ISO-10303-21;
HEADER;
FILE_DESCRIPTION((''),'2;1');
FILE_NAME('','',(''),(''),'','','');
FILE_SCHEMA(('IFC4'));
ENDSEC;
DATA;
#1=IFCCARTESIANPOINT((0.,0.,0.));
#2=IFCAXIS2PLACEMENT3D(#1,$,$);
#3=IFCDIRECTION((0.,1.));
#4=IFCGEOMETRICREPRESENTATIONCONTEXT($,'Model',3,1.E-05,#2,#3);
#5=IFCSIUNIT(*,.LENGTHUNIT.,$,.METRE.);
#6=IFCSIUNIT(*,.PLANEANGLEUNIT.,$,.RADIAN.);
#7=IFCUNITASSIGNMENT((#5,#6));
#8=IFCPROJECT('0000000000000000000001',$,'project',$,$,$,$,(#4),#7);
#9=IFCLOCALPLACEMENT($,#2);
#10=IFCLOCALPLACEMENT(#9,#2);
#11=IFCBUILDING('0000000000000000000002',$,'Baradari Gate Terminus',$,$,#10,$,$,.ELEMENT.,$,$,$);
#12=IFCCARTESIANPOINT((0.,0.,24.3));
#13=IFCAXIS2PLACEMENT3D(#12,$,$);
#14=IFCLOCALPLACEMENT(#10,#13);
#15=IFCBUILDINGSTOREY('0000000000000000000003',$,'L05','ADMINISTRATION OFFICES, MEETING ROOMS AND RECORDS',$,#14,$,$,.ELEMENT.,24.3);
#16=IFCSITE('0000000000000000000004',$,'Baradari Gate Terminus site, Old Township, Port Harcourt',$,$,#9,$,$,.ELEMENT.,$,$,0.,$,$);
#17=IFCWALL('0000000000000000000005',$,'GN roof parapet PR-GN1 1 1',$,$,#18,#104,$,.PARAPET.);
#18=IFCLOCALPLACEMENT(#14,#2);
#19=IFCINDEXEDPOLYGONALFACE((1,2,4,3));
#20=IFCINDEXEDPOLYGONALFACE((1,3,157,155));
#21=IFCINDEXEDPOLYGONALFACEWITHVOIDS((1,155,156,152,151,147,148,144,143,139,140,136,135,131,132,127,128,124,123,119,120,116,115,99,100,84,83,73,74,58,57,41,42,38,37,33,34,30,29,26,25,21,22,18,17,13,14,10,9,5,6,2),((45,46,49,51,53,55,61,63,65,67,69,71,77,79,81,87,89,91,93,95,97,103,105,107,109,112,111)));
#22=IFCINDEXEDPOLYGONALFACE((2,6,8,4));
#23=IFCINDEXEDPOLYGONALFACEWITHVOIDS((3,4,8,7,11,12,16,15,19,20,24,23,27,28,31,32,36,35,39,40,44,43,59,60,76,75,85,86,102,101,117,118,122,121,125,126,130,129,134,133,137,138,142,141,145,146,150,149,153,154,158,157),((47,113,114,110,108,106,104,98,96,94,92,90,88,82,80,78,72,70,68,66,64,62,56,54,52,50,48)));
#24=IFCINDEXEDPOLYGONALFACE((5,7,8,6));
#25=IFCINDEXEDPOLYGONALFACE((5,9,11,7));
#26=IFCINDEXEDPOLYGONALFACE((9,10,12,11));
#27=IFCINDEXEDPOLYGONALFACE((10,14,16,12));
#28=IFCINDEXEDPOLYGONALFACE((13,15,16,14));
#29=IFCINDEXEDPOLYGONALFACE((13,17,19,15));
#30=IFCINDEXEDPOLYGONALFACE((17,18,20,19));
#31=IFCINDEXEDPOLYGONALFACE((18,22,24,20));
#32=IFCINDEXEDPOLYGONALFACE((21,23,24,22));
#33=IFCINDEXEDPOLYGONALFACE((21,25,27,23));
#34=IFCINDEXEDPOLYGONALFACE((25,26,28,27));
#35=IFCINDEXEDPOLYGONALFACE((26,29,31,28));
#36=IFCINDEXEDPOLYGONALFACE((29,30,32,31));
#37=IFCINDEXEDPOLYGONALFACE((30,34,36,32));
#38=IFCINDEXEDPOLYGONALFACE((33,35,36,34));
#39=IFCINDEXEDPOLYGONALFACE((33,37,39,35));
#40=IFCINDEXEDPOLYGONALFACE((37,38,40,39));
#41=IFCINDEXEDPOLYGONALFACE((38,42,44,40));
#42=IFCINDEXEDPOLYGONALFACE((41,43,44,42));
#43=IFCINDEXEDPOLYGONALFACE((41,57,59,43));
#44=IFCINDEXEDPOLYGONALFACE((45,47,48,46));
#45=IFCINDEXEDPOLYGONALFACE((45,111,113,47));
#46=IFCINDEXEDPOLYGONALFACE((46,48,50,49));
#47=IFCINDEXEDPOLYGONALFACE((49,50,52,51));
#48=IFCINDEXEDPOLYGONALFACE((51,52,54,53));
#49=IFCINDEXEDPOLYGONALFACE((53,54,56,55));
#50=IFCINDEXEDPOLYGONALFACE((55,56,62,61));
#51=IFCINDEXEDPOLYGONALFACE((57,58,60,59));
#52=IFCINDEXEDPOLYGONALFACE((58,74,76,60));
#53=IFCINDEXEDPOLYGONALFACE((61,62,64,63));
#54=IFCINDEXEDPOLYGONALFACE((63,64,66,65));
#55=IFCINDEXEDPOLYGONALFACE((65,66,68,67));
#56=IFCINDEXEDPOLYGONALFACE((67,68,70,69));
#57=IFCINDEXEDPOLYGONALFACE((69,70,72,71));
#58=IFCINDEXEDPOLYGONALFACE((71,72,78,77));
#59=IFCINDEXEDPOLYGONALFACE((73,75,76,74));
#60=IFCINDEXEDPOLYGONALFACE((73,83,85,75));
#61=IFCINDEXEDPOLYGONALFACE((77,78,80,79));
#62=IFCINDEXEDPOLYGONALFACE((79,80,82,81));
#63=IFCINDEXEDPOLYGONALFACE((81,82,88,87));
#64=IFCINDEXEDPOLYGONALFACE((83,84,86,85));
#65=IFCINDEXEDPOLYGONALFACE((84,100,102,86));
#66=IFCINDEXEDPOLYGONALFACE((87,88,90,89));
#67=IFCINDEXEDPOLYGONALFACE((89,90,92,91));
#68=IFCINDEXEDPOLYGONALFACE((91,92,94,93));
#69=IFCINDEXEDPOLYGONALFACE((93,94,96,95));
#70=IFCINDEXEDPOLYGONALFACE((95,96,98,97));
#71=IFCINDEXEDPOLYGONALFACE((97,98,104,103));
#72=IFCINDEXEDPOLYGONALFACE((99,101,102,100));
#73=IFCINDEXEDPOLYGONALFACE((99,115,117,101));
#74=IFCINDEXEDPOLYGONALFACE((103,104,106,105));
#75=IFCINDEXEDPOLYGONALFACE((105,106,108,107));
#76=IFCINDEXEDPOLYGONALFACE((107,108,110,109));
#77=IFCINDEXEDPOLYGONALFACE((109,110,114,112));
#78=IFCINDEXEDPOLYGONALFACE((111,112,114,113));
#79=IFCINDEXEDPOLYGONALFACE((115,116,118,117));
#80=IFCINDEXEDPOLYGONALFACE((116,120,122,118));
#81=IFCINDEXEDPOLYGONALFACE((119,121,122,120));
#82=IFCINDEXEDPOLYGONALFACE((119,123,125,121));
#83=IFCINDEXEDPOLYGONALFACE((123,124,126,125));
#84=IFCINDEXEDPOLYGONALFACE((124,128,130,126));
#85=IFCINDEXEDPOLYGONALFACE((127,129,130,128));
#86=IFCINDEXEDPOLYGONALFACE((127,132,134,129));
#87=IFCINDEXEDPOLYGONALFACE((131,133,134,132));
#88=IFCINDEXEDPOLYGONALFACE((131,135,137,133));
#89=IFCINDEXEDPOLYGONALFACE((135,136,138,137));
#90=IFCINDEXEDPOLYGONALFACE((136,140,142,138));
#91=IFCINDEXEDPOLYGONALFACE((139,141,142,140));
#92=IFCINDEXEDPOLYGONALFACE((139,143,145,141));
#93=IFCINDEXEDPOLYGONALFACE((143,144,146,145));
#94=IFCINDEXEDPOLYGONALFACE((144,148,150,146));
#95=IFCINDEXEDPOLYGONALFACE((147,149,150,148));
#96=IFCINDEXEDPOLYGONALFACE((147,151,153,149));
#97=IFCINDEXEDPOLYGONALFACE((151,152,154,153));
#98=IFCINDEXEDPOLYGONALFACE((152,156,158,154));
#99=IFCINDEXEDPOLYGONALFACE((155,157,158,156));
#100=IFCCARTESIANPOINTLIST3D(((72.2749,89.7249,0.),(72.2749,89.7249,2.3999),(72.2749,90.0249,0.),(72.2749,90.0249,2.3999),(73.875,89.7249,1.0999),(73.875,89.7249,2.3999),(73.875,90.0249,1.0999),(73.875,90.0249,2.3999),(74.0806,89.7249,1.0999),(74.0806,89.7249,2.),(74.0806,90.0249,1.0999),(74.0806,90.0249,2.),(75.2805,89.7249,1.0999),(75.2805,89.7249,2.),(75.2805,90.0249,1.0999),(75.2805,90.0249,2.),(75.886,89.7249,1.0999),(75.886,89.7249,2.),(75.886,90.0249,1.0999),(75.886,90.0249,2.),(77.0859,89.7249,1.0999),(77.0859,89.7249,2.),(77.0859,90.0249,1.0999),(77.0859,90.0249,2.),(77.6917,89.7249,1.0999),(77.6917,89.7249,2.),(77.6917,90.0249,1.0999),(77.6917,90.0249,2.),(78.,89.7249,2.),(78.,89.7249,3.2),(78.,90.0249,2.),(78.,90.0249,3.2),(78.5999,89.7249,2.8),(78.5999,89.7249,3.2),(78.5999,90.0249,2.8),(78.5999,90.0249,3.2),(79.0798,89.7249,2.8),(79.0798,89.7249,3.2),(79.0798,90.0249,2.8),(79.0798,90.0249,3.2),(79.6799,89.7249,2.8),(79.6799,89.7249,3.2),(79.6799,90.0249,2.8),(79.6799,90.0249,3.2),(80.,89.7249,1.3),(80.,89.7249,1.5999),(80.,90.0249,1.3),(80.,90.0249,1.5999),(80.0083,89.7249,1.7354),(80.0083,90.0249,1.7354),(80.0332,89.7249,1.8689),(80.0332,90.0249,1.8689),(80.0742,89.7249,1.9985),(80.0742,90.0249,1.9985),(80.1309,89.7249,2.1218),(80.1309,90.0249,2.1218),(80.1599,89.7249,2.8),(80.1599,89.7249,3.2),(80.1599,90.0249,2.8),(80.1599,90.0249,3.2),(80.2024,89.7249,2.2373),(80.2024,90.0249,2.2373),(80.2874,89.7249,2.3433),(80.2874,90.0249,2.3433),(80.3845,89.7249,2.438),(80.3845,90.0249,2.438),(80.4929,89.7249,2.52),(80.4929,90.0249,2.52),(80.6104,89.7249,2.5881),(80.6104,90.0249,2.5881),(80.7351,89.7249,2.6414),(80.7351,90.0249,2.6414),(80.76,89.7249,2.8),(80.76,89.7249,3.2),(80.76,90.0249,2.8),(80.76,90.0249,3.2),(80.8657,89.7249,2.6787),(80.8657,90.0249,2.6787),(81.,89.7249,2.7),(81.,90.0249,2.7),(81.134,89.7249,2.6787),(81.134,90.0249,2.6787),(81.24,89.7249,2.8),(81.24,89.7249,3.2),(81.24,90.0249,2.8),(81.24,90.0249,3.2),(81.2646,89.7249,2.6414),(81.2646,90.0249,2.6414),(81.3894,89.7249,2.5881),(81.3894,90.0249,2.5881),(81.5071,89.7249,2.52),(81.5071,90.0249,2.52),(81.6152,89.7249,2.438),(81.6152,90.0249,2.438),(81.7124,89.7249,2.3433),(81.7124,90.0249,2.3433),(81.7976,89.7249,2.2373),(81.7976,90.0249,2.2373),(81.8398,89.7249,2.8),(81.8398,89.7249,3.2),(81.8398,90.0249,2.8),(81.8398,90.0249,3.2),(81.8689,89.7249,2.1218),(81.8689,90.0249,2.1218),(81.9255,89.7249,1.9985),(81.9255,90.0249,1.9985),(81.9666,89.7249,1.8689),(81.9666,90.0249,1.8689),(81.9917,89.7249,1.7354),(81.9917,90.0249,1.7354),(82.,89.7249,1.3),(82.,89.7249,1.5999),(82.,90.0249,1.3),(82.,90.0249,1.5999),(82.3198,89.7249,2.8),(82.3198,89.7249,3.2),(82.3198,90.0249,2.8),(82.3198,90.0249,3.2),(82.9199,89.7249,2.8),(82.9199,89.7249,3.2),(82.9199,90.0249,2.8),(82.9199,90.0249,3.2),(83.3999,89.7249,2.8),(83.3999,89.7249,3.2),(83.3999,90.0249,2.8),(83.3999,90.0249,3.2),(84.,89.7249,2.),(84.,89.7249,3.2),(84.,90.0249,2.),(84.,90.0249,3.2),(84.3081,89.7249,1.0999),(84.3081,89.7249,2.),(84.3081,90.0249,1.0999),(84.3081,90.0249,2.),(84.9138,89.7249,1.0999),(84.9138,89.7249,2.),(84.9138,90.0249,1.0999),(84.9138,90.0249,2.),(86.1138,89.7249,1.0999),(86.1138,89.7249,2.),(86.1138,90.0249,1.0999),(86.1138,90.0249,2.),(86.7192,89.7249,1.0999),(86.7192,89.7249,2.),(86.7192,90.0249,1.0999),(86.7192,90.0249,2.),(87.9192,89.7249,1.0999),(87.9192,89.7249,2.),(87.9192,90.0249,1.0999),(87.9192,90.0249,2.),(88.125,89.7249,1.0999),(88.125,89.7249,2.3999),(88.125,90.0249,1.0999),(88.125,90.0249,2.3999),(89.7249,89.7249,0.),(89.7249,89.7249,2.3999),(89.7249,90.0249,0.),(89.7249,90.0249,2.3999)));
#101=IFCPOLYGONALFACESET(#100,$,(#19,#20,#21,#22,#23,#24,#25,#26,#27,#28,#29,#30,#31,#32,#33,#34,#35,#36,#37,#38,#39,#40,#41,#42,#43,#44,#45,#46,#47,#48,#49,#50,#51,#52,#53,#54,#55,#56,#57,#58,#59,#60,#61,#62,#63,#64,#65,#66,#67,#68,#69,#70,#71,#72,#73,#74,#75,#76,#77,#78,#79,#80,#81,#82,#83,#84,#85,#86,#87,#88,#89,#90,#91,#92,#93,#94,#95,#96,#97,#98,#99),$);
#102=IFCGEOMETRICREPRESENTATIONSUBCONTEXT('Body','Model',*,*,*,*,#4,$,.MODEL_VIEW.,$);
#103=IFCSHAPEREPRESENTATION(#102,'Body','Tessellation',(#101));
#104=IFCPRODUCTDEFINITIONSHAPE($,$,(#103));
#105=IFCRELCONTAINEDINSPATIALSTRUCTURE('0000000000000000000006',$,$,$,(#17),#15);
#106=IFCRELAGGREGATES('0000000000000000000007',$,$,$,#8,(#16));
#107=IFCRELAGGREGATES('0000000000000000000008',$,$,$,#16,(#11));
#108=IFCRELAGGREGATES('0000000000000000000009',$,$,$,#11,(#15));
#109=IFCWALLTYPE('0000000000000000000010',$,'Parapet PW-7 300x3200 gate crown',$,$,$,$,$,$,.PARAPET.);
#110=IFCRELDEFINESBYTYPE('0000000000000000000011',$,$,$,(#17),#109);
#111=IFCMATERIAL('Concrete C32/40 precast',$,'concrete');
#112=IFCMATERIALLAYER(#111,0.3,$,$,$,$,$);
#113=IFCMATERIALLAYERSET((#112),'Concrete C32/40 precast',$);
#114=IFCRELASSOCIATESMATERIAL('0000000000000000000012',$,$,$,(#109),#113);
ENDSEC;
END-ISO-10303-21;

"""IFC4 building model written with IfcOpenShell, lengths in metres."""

from ifc_helpers import new_model, si_unit, direction, frame, origin, place, context, subcontext, project, spatial, polyline, outline, extrude, material, layer, layer_set, type_object, element, save


model = new_model("IFC4")

# Units and contexts
model_context = context("Model", 3, precision=1e-05, world=origin(), true_north=direction((0.0, 1.0)))
body_context = subcontext(model_context, "Body", "Model", "MODEL_VIEW")
ifc_project = project(units=[si_unit("LENGTHUNIT", "METRE"), si_unit("PLANEANGLEUNIT", "RADIAN")], contexts=[model_context])

# Site, building, storey
site_placement = place(None, origin())
site = spatial("IfcSite", under=ifc_project, at=site_placement, Name="Baradari Gate Terminus site, Old Township, Port Harcourt", CompositionType="ELEMENT", RefElevation=0.0)
building_placement = place(site_placement, origin())
building = spatial("IfcBuilding", under=site, at=building_placement, Name="Baradari Gate Terminus", CompositionType="ELEMENT")
storey_placement = place(building_placement, frame((0.0, 0.0, 24.3)))
storey = spatial("IfcBuildingStorey", under=building, at=storey_placement, Name="L05", Description="ADMINISTRATION OFFICES, MEETING ROOMS AND RECORDS", CompositionType="ELEMENT", Elevation=24.3)

# Wall
ifc_material_1 = material(Name="Concrete C32/40 precast", Category="concrete")
ifc_layer_1 = layer(ifc_material_1, 0.3)
ifc_layer_set_1 = layer_set([ifc_layer_1], Name="Concrete C32/40 precast")
wall_type_1 = type_object("IfcWallType", Name="Parapet PW-7 300x3200 gate crown", PredefinedType="PARAPET", material=ifc_layer_set_1)
wall_1_placement = place(storey_placement, frame((72.2749, 89.875, 0.0), z_axis=(0.0, 0.0, 1.0), x_axis=(1.0, 0.0, 0.0)))
element("IfcWall", 1, at=wall_1_placement, inside=storey, type_object=wall_type_1, Name="GN roof parapet PR-GN1 1 1", PredefinedType="PARAPET", context=body_context, shape_type="SweptSolid", body=[
    extrude(outline(polyline([(5.4167, 2.0), (5.4167, 1.0999), (4.811, 1.0999), (4.811, 2.0), (3.6111, 2.0), (3.6111, 1.0999), (3.0056, 1.0999), (3.0056, 2.0), (1.8057, 2.0), (1.8057, 1.0999), (1.6001, 1.0999), (1.6001, 2.3999), (0.0, 2.3999), (0.0, 0.0), (17.45, 0.0), (17.45, 2.3999), (15.8501, 2.3999), (15.8501, 1.0999), (15.6443, 1.0999), (15.6443, 2.0), (14.4443, 2.0), (14.4443, 1.0999), (13.8389, 1.0999), (13.8389, 2.0), (12.6389, 2.0), (12.6389, 1.0999), (12.0332, 1.0999), (12.0332, 2.0), (11.7251, 2.0), (11.7251, 3.2), (11.125, 3.2), (11.125, 2.8), (10.645, 2.8), (10.645, 3.2), (10.0449, 3.2), (10.0449, 2.8), (9.5649, 2.8), (9.5649, 3.2), (8.9651, 3.2), (8.9651, 2.8), (8.4851, 2.8), (8.4851, 3.2), (7.885, 3.2), (7.885, 2.8), (7.405, 2.8), (7.405, 3.2), (6.8049, 3.2), (6.8049, 2.8), (6.325, 2.8), (6.325, 3.2), (5.7251, 3.2), (5.7251, 2.0), (5.4167, 2.0)]), holes=[polyline([(7.7251, 1.3), (7.7251, 1.5999), (7.7334, 1.7354), (7.7583, 1.8689), (7.7993, 1.9985), (7.856, 2.1218), (7.9275, 2.2373), (8.0125, 2.3433), (8.1096, 2.438), (8.218, 2.52), (8.3354, 2.5881), (8.4602, 2.6414), (8.5908, 2.6787), (8.7251, 2.7), (8.8591, 2.6787), (8.9897, 2.6414), (9.1145, 2.5881), (9.2322, 2.52), (9.3403, 2.438), (9.4375, 2.3433), (9.5227, 2.2373), (9.594, 2.1218), (9.6506, 1.9985), (9.6917, 1.8689), (9.7168, 1.7354), (9.7251, 1.5999), (9.7251, 1.3), (7.7251, 1.3)])]), frame((0.0, 0.1499, 0.0), z_axis=(0.0, -1.0, 0.0), x_axis=(1.0, 0.0, 0.0)), (0.0, 0.0, 1.0), 0.3),
])

save(model, "model.ifc")
